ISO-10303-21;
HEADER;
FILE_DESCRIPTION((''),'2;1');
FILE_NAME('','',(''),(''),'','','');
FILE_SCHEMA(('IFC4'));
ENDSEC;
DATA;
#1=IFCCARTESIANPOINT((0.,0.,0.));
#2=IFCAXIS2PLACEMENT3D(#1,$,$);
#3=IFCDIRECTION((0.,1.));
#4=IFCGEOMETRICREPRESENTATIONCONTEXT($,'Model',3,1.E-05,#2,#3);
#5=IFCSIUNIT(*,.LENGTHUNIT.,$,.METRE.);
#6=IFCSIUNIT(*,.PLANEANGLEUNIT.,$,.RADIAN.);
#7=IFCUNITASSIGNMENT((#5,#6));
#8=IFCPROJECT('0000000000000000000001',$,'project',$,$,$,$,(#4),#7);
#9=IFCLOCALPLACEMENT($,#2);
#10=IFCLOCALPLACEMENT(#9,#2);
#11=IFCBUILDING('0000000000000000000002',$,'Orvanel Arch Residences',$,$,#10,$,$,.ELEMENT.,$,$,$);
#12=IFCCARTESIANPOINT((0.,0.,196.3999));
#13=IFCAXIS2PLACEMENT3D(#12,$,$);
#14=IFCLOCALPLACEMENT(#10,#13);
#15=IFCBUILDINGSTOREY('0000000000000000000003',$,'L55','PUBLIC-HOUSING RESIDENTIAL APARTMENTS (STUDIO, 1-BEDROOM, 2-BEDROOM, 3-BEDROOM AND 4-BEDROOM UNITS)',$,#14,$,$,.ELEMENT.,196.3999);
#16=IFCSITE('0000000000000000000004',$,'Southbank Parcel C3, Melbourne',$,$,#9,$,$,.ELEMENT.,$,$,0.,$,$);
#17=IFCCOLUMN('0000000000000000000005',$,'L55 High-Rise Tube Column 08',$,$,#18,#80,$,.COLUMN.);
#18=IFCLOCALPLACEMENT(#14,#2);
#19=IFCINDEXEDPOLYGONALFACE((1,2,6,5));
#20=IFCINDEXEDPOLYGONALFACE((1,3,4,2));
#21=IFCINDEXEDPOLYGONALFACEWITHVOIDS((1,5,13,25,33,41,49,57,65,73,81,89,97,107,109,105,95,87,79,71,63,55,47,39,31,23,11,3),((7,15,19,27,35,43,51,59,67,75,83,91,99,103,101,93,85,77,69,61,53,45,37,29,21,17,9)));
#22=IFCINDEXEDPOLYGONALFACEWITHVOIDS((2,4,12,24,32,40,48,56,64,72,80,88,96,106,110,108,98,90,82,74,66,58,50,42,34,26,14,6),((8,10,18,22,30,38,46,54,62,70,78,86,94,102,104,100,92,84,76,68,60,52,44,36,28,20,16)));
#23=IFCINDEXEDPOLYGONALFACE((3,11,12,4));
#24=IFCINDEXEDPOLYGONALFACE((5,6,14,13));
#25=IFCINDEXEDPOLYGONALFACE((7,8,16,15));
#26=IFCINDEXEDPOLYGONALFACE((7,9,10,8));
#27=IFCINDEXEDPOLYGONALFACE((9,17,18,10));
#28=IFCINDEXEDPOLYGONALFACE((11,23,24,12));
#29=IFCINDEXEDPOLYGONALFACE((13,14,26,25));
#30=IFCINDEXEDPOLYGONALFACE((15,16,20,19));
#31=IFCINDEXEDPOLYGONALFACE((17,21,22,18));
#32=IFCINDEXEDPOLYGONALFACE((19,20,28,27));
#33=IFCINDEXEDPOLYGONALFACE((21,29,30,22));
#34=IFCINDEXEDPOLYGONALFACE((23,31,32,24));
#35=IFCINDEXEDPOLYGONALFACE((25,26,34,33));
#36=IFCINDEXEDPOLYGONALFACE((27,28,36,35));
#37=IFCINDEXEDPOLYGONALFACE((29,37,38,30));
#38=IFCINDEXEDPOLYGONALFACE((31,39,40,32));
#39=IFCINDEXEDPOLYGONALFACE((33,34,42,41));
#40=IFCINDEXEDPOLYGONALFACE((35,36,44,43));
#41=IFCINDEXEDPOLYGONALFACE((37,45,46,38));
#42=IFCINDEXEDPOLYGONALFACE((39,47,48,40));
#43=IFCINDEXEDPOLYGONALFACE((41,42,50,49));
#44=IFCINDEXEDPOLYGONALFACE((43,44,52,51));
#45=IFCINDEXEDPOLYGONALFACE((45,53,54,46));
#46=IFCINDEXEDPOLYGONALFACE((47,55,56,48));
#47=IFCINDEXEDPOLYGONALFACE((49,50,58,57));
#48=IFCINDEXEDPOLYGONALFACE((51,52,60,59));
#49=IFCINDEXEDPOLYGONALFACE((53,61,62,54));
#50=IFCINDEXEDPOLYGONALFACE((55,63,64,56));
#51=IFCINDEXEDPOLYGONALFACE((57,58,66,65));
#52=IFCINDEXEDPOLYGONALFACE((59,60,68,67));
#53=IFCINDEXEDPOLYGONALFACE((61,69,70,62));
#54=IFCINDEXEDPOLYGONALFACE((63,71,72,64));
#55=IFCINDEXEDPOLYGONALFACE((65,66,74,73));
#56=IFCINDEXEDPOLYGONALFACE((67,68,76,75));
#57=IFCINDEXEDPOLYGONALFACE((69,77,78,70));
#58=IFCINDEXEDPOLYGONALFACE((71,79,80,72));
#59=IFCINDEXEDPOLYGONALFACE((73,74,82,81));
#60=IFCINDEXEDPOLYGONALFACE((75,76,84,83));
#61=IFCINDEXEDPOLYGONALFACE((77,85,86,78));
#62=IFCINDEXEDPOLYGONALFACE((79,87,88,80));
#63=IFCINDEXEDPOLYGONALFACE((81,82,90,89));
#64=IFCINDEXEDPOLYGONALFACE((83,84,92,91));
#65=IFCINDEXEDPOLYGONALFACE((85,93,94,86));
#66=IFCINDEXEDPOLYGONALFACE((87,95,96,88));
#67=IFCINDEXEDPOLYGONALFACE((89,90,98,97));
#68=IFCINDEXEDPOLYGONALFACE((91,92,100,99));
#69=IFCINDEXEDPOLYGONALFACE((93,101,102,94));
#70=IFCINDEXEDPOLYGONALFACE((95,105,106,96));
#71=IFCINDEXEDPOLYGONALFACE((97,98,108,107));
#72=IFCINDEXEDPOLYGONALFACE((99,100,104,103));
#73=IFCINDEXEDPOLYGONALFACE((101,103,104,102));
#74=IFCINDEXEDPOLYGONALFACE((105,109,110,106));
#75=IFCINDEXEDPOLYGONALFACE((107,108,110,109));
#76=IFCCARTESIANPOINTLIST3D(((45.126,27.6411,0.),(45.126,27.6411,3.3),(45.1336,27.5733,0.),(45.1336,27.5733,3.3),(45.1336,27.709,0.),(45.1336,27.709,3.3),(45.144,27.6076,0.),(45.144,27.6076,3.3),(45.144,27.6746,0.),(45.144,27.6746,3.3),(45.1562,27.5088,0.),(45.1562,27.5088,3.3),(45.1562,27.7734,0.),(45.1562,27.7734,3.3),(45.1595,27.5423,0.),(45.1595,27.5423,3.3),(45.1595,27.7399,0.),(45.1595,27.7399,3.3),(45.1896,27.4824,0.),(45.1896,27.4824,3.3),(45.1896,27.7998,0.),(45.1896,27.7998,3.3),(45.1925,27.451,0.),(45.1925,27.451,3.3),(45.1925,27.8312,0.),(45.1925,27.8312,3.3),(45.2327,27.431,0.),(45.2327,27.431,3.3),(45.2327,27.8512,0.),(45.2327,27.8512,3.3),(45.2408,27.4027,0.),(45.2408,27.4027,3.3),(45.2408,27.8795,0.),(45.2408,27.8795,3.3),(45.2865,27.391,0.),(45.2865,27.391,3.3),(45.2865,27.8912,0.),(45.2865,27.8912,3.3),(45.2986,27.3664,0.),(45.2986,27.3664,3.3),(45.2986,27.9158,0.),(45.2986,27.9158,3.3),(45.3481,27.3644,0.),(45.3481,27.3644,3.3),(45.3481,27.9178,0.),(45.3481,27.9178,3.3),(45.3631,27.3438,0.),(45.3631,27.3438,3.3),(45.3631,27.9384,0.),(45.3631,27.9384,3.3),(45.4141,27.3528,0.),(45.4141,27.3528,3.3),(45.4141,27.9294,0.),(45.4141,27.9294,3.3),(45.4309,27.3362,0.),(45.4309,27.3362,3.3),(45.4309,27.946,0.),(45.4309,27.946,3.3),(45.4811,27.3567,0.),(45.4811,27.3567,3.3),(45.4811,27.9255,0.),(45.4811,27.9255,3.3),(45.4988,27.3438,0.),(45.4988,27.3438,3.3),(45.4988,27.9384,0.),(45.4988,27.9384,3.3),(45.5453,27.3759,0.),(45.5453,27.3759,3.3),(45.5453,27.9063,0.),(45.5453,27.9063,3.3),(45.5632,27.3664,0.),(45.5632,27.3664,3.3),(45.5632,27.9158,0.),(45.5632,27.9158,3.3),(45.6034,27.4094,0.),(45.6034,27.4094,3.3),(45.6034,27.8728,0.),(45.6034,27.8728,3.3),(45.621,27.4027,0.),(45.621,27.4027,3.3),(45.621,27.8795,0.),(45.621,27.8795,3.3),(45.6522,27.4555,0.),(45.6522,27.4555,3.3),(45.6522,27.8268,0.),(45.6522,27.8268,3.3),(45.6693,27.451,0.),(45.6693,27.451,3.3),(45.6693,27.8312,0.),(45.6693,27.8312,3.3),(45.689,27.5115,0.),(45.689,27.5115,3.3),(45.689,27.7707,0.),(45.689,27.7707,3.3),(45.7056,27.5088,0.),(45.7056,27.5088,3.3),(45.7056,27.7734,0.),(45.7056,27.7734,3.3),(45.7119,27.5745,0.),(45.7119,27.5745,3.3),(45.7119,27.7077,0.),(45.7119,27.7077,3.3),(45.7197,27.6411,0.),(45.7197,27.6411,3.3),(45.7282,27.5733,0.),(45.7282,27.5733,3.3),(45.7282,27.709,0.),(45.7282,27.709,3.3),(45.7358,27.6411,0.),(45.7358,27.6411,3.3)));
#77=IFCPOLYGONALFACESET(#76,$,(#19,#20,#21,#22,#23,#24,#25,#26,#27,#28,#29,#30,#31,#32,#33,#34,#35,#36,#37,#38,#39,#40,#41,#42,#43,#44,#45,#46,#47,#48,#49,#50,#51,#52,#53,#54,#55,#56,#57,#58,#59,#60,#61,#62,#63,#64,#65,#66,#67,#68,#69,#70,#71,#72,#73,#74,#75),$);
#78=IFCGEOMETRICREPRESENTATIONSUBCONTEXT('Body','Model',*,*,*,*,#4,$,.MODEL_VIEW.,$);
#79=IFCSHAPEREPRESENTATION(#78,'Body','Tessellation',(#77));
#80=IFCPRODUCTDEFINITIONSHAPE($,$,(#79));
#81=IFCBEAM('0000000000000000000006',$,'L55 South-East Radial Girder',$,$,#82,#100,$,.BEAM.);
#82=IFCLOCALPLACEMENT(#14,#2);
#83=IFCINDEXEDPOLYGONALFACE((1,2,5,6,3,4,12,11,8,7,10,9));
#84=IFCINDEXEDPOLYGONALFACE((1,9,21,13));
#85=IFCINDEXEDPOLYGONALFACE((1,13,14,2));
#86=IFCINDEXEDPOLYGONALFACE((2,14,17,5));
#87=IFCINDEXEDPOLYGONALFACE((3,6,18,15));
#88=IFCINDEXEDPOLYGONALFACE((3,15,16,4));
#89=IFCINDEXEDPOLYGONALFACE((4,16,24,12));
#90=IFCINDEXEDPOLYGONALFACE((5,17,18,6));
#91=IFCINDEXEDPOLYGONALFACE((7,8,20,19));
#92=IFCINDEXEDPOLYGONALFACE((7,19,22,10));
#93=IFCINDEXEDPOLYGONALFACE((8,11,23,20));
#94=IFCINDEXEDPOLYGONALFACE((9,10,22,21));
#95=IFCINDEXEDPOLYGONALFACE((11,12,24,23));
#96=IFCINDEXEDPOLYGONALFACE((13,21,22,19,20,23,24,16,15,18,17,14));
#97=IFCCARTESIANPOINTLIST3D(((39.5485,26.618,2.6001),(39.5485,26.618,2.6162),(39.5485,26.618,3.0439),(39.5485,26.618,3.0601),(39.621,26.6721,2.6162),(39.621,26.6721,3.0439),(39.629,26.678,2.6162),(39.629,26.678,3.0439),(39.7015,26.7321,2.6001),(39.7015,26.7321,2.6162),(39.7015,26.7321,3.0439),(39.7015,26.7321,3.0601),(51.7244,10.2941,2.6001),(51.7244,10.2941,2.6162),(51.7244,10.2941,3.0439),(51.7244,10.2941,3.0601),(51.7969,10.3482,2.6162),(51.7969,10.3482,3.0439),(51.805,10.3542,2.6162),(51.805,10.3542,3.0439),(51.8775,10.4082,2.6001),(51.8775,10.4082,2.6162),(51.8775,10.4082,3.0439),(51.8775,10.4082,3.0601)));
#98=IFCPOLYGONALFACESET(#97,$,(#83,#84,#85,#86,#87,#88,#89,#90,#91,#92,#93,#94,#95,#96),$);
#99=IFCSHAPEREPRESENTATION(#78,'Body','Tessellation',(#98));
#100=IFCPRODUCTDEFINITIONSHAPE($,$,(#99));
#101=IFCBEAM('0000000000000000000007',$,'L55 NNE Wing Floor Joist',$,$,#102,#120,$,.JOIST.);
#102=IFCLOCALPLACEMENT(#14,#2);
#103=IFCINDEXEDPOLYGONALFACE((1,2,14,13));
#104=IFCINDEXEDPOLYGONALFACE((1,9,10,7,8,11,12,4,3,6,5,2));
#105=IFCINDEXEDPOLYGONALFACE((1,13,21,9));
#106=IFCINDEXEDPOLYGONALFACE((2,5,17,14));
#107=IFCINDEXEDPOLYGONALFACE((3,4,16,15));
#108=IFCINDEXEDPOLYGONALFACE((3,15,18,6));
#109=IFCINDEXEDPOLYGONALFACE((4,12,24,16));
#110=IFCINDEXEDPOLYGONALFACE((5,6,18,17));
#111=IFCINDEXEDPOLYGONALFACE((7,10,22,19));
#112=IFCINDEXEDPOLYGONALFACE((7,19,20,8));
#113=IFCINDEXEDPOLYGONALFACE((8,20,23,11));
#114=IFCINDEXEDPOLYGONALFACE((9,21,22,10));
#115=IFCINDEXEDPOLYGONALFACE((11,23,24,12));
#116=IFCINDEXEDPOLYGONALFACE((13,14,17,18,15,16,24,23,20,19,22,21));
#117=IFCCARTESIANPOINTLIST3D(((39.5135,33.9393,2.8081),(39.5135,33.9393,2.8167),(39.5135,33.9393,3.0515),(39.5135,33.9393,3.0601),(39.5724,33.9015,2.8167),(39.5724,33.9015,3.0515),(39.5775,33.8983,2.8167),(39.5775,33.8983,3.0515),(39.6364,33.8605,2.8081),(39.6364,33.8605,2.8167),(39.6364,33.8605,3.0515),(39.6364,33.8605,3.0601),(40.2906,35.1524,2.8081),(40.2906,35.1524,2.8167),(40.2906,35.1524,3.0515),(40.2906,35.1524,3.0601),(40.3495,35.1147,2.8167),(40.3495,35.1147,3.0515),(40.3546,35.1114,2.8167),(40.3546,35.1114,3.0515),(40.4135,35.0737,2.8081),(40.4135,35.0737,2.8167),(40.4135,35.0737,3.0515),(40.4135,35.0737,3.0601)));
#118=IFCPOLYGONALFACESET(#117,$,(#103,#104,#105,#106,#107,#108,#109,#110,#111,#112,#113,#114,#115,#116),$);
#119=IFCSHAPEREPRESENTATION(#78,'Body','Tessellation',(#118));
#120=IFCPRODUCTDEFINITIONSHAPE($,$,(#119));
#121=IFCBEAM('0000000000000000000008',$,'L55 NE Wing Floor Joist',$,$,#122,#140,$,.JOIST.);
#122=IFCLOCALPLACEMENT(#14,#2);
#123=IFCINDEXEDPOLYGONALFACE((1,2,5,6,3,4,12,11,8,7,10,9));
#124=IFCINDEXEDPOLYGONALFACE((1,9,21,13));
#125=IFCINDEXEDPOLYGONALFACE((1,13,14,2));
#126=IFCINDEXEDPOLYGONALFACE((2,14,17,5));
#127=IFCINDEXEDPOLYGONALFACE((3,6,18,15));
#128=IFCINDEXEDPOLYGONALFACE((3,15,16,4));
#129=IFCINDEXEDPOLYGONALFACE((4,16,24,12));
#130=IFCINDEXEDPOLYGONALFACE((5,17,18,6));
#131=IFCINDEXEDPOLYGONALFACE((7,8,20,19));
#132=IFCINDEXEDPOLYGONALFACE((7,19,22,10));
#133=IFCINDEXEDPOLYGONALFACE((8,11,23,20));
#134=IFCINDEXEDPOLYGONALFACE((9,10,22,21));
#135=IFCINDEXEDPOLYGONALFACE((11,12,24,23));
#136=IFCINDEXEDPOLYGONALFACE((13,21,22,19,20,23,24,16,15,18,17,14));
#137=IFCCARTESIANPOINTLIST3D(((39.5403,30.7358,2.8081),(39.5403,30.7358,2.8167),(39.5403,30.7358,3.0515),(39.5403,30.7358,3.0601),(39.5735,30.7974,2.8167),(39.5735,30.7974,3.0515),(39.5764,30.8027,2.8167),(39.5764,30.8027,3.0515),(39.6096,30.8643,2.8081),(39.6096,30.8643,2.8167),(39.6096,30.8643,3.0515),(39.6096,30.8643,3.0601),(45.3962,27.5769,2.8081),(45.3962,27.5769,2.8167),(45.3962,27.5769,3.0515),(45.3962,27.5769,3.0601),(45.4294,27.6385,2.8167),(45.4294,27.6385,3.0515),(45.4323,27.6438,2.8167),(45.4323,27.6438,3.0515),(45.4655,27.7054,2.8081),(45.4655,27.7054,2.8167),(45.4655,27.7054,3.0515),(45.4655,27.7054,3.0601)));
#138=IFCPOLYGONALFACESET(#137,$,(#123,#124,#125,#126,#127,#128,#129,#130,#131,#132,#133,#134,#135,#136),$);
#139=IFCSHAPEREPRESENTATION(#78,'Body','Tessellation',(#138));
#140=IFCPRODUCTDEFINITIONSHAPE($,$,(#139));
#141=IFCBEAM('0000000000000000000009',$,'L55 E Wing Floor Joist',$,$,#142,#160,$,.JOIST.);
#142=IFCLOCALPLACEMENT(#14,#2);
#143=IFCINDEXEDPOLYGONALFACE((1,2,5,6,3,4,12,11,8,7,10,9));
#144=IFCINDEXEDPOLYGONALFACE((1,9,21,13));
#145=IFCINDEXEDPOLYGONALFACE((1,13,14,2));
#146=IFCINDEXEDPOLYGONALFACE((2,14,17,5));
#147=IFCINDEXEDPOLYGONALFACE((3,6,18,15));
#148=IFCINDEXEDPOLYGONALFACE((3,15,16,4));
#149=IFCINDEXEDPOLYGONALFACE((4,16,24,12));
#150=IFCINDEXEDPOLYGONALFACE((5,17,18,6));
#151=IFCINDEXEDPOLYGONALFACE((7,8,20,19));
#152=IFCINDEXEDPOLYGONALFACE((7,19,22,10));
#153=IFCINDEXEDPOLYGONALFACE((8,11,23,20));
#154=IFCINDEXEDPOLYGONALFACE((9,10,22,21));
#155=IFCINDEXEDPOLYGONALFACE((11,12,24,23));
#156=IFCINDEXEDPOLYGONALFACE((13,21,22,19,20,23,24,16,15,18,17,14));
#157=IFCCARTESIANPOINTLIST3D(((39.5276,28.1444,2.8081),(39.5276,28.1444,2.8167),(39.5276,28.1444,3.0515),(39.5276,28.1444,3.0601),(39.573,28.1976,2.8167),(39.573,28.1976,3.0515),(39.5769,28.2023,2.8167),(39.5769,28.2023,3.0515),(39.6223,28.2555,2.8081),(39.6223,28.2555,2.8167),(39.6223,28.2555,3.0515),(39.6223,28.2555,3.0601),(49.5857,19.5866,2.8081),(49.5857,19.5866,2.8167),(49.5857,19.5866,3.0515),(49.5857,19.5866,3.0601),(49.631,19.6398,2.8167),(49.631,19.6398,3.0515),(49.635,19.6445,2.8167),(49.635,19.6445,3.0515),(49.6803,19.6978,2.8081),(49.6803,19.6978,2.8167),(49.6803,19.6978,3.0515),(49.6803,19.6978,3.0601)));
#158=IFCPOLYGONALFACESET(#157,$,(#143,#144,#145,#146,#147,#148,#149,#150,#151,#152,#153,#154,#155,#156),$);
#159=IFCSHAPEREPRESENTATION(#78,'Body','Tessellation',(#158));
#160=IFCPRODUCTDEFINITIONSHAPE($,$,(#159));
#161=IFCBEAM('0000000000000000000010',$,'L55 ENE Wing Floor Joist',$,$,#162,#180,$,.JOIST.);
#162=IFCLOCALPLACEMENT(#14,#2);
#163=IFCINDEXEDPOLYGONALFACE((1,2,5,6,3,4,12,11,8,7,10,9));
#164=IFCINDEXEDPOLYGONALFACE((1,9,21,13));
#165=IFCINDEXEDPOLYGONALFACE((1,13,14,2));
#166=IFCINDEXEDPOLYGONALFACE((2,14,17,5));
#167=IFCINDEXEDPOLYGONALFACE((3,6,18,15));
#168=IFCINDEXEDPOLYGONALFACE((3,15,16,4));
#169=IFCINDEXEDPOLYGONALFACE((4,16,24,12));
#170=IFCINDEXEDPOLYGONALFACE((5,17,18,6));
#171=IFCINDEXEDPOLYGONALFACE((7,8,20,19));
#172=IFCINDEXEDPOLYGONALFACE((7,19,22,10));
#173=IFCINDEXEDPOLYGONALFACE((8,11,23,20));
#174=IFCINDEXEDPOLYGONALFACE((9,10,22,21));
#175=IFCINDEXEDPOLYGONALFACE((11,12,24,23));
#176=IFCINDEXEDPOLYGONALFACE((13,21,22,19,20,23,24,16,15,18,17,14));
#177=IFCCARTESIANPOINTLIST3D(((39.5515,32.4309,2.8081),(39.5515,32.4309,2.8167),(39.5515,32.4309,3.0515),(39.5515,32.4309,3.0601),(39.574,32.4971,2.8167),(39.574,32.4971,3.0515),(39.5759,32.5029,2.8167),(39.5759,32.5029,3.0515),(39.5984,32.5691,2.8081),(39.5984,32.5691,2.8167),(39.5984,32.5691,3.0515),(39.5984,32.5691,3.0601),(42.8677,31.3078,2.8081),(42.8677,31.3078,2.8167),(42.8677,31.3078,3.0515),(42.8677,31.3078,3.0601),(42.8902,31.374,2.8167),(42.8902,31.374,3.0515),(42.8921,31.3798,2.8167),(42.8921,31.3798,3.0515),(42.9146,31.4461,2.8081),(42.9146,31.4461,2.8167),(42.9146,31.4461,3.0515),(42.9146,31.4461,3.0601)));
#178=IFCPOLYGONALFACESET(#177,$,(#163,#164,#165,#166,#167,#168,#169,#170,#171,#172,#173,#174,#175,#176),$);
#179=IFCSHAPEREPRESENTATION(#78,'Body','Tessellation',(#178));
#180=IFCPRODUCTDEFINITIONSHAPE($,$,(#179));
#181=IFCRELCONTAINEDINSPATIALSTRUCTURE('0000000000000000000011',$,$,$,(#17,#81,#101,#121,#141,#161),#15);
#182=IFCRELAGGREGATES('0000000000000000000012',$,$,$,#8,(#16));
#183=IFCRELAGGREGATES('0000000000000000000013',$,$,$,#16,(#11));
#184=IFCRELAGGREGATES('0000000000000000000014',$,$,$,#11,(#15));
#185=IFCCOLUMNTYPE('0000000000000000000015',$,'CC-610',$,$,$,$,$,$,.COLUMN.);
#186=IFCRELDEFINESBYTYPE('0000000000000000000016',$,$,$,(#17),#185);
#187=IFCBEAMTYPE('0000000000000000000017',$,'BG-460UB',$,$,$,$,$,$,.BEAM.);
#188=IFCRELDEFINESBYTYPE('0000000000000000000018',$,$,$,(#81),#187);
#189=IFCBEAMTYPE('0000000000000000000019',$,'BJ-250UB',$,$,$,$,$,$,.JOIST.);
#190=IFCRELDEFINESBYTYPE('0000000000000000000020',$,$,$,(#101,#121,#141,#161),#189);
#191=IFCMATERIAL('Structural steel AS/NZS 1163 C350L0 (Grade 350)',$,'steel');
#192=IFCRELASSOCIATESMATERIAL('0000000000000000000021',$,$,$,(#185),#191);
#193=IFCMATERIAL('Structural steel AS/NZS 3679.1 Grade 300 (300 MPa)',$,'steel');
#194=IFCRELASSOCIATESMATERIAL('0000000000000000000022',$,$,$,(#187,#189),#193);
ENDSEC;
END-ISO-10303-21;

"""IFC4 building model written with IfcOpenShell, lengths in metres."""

from ifc_helpers import new_model, si_unit, direction, frame, origin, origin_2d, place, context, subcontext, project, spatial, hollow_circle, i_section, extrude, material, material_profile, profile_set, type_object, element, save


model = new_model("IFC4")

# Units and contexts
model_context = context("Model", 3, precision=1e-05, world=origin(), true_north=direction((0.0, 1.0)))
body_context = subcontext(model_context, "Body", "Model", "MODEL_VIEW")
ifc_project = project(units=[si_unit("LENGTHUNIT", "METRE"), si_unit("PLANEANGLEUNIT", "RADIAN")], contexts=[model_context])

# Site, building, storey
site_placement = place(None, origin())
site = spatial("IfcSite", under=ifc_project, at=site_placement, Name="Southbank Parcel C3, Melbourne", CompositionType="ELEMENT", RefElevation=0.0)
building_placement = place(site_placement, origin())
building = spatial("IfcBuilding", under=site, at=building_placement, Name="Orvanel Arch Residences", CompositionType="ELEMENT")
storey_placement = place(building_placement, frame((0.0, 0.0, 196.3999)))
storey = spatial("IfcBuildingStorey", under=building, at=storey_placement, Name="L55", Description="PUBLIC-HOUSING RESIDENTIAL APARTMENTS (STUDIO, 1-BEDROOM, 2-BEDROOM, 3-BEDROOM AND 4-BEDROOM UNITS)", CompositionType="ELEMENT", Elevation=196.3999)

# Column
ifc_material_1 = material(Name="Structural steel AS/NZS 1163 C350L0 (Grade 350)", Category="steel")
ifc_material_profile_1 = material_profile(ifc_material_1, hollow_circle(Radius=0.3049, WallThickness=0.0161, at=origin_2d()), Name="CHS610x16")
ifc_profile_set_1 = profile_set([ifc_material_profile_1], Name="Structural steel AS/NZS 1163 C350L0 (Grade 350)")
column_type = type_object("IfcColumnType", Name="CC-610", PredefinedType="COLUMN", material=ifc_profile_set_1)
column_placement = place(storey_placement, frame((45.4309, 27.6411, 0.0), z_axis=(0.0, 0.0, 1.0), x_axis=(1.0, 0.0, 0.0)))
element("IfcColumn", 1, at=column_placement, inside=storey, type_object=column_type, Name="L55 High-Rise Tube Column 08", PredefinedType="COLUMN", context=body_context, shape_type="SweptSolid", body=[
    extrude(hollow_circle(Radius=0.3049, WallThickness=0.0161, at=origin_2d()), origin(), (0.0, 0.0, 1.0), 3.3),
])

# Beams
ifc_material_2 = material(Name="Structural steel AS/NZS 3679.1 Grade 300 (300 MPa)", Category="steel")
ifc_material_profile_2 = material_profile(ifc_material_2, i_section(OverallWidth=0.1909, OverallDepth=0.46, WebThickness=0.01, FlangeThickness=0.0161, at=origin_2d()), Name="460UB82.1")
ifc_profile_set_2 = profile_set([ifc_material_profile_2], Name="Structural steel AS/NZS 3679.1 Grade 300 (300 MPa)")
beam_type_1 = type_object("IfcBeamType", Name="BG-460UB", PredefinedType="BEAM", material=ifc_profile_set_2)
beam_1_placement = place(storey_placement, frame((39.625, 26.675, 2.8301), z_axis=(0.597894, -0.801575, 0.0), x_axis=(0.801575, 0.597894, 0.0)))
element("IfcBeam", 2, at=beam_1_placement, inside=storey, type_object=beam_type_1, Name="L55 South-East Radial Girder", PredefinedType="BEAM", context=body_context, shape_type="SweptSolid", body=[
    extrude(i_section(OverallWidth=0.1909, OverallDepth=0.46, WebThickness=0.01, FlangeThickness=0.0161, at=origin_2d()), origin(), (0.0, 0.0, 1.0), 20.3647),
])
ifc_material_profile_3 = material_profile(ifc_material_2, i_section(OverallWidth=0.146, OverallDepth=0.252, WebThickness=0.0061, FlangeThickness=0.0085, at=origin_2d()), Name="250UB31.4")
ifc_profile_set_3 = profile_set([ifc_material_profile_3], Name="Structural steel AS/NZS 3679.1 Grade 300 (300 MPa)")
beam_type_2 = type_object("IfcBeamType", Name="BJ-250UB", PredefinedType="JOIST", material=ifc_profile_set_3)
beam_2_placement = place(storey_placement, frame((39.575, 33.8999, 2.9341), z_axis=(0.539395, 0.842053, 0.0), x_axis=(-0.842053, 0.539395, 0.0)))
element("IfcBeam", 3, at=beam_2_placement, inside=storey, type_object=beam_type_2, Name="L55 NNE Wing Floor Joist", PredefinedType="JOIST", context=body_context, shape_type="SweptSolid", body=[
    extrude(i_section(OverallWidth=0.146, OverallDepth=0.252, WebThickness=0.0061, FlangeThickness=0.0085, at=origin_2d()), origin(), (0.0, 0.0, 1.0), 1.4407),
])
beam_3_placement = place(storey_placement, frame((39.575, 30.8, 2.9341), z_axis=(0.880111, -0.474767, 0.0), x_axis=(0.474767, 0.880111, 0.0)))
element("IfcBeam", 4, at=beam_3_placement, inside=storey, type_object=beam_type_2, Name="L55 NE Wing Floor Joist", PredefinedType="JOIST", context=body_context, shape_type="SweptSolid", body=[
    extrude(i_section(OverallWidth=0.146, OverallDepth=0.252, WebThickness=0.0061, FlangeThickness=0.0085, at=origin_2d()), origin(), (0.0, 0.0, 1.0), 6.6536),
])
beam_4_placement = place(storey_placement, frame((39.575, 28.2, 2.9341), z_axis=(0.761623, -0.648021, 0.0), x_axis=(0.648021, 0.761623, 0.0)))
element("IfcBeam", 5, at=beam_4_placement, inside=storey, type_object=beam_type_2, Name="L55 E Wing Floor Joist", PredefinedType="JOIST", context=body_context, shape_type="SweptSolid", body=[
    extrude(i_section(OverallWidth=0.146, OverallDepth=0.252, WebThickness=0.0061, FlangeThickness=0.0085, at=origin_2d()), origin(), (0.0, 0.0, 1.0), 13.2061),
])
beam_5_placement = place(storey_placement, frame((39.575, 32.5, 2.9341), z_axis=(0.947159, -0.320764, 0.0), x_axis=(0.320764, 0.947159, 0.0)))
element("IfcBeam", 6, at=beam_5_placement, inside=storey, type_object=beam_type_2, Name="L55 ENE Wing Floor Joist", PredefinedType="JOIST", context=body_context, shape_type="SweptSolid", body=[
    extrude(i_section(OverallWidth=0.146, OverallDepth=0.252, WebThickness=0.0061, FlangeThickness=0.0085, at=origin_2d()), origin(), (0.0, 0.0, 1.0), 3.5012),
])

save(model, "model.ifc")
